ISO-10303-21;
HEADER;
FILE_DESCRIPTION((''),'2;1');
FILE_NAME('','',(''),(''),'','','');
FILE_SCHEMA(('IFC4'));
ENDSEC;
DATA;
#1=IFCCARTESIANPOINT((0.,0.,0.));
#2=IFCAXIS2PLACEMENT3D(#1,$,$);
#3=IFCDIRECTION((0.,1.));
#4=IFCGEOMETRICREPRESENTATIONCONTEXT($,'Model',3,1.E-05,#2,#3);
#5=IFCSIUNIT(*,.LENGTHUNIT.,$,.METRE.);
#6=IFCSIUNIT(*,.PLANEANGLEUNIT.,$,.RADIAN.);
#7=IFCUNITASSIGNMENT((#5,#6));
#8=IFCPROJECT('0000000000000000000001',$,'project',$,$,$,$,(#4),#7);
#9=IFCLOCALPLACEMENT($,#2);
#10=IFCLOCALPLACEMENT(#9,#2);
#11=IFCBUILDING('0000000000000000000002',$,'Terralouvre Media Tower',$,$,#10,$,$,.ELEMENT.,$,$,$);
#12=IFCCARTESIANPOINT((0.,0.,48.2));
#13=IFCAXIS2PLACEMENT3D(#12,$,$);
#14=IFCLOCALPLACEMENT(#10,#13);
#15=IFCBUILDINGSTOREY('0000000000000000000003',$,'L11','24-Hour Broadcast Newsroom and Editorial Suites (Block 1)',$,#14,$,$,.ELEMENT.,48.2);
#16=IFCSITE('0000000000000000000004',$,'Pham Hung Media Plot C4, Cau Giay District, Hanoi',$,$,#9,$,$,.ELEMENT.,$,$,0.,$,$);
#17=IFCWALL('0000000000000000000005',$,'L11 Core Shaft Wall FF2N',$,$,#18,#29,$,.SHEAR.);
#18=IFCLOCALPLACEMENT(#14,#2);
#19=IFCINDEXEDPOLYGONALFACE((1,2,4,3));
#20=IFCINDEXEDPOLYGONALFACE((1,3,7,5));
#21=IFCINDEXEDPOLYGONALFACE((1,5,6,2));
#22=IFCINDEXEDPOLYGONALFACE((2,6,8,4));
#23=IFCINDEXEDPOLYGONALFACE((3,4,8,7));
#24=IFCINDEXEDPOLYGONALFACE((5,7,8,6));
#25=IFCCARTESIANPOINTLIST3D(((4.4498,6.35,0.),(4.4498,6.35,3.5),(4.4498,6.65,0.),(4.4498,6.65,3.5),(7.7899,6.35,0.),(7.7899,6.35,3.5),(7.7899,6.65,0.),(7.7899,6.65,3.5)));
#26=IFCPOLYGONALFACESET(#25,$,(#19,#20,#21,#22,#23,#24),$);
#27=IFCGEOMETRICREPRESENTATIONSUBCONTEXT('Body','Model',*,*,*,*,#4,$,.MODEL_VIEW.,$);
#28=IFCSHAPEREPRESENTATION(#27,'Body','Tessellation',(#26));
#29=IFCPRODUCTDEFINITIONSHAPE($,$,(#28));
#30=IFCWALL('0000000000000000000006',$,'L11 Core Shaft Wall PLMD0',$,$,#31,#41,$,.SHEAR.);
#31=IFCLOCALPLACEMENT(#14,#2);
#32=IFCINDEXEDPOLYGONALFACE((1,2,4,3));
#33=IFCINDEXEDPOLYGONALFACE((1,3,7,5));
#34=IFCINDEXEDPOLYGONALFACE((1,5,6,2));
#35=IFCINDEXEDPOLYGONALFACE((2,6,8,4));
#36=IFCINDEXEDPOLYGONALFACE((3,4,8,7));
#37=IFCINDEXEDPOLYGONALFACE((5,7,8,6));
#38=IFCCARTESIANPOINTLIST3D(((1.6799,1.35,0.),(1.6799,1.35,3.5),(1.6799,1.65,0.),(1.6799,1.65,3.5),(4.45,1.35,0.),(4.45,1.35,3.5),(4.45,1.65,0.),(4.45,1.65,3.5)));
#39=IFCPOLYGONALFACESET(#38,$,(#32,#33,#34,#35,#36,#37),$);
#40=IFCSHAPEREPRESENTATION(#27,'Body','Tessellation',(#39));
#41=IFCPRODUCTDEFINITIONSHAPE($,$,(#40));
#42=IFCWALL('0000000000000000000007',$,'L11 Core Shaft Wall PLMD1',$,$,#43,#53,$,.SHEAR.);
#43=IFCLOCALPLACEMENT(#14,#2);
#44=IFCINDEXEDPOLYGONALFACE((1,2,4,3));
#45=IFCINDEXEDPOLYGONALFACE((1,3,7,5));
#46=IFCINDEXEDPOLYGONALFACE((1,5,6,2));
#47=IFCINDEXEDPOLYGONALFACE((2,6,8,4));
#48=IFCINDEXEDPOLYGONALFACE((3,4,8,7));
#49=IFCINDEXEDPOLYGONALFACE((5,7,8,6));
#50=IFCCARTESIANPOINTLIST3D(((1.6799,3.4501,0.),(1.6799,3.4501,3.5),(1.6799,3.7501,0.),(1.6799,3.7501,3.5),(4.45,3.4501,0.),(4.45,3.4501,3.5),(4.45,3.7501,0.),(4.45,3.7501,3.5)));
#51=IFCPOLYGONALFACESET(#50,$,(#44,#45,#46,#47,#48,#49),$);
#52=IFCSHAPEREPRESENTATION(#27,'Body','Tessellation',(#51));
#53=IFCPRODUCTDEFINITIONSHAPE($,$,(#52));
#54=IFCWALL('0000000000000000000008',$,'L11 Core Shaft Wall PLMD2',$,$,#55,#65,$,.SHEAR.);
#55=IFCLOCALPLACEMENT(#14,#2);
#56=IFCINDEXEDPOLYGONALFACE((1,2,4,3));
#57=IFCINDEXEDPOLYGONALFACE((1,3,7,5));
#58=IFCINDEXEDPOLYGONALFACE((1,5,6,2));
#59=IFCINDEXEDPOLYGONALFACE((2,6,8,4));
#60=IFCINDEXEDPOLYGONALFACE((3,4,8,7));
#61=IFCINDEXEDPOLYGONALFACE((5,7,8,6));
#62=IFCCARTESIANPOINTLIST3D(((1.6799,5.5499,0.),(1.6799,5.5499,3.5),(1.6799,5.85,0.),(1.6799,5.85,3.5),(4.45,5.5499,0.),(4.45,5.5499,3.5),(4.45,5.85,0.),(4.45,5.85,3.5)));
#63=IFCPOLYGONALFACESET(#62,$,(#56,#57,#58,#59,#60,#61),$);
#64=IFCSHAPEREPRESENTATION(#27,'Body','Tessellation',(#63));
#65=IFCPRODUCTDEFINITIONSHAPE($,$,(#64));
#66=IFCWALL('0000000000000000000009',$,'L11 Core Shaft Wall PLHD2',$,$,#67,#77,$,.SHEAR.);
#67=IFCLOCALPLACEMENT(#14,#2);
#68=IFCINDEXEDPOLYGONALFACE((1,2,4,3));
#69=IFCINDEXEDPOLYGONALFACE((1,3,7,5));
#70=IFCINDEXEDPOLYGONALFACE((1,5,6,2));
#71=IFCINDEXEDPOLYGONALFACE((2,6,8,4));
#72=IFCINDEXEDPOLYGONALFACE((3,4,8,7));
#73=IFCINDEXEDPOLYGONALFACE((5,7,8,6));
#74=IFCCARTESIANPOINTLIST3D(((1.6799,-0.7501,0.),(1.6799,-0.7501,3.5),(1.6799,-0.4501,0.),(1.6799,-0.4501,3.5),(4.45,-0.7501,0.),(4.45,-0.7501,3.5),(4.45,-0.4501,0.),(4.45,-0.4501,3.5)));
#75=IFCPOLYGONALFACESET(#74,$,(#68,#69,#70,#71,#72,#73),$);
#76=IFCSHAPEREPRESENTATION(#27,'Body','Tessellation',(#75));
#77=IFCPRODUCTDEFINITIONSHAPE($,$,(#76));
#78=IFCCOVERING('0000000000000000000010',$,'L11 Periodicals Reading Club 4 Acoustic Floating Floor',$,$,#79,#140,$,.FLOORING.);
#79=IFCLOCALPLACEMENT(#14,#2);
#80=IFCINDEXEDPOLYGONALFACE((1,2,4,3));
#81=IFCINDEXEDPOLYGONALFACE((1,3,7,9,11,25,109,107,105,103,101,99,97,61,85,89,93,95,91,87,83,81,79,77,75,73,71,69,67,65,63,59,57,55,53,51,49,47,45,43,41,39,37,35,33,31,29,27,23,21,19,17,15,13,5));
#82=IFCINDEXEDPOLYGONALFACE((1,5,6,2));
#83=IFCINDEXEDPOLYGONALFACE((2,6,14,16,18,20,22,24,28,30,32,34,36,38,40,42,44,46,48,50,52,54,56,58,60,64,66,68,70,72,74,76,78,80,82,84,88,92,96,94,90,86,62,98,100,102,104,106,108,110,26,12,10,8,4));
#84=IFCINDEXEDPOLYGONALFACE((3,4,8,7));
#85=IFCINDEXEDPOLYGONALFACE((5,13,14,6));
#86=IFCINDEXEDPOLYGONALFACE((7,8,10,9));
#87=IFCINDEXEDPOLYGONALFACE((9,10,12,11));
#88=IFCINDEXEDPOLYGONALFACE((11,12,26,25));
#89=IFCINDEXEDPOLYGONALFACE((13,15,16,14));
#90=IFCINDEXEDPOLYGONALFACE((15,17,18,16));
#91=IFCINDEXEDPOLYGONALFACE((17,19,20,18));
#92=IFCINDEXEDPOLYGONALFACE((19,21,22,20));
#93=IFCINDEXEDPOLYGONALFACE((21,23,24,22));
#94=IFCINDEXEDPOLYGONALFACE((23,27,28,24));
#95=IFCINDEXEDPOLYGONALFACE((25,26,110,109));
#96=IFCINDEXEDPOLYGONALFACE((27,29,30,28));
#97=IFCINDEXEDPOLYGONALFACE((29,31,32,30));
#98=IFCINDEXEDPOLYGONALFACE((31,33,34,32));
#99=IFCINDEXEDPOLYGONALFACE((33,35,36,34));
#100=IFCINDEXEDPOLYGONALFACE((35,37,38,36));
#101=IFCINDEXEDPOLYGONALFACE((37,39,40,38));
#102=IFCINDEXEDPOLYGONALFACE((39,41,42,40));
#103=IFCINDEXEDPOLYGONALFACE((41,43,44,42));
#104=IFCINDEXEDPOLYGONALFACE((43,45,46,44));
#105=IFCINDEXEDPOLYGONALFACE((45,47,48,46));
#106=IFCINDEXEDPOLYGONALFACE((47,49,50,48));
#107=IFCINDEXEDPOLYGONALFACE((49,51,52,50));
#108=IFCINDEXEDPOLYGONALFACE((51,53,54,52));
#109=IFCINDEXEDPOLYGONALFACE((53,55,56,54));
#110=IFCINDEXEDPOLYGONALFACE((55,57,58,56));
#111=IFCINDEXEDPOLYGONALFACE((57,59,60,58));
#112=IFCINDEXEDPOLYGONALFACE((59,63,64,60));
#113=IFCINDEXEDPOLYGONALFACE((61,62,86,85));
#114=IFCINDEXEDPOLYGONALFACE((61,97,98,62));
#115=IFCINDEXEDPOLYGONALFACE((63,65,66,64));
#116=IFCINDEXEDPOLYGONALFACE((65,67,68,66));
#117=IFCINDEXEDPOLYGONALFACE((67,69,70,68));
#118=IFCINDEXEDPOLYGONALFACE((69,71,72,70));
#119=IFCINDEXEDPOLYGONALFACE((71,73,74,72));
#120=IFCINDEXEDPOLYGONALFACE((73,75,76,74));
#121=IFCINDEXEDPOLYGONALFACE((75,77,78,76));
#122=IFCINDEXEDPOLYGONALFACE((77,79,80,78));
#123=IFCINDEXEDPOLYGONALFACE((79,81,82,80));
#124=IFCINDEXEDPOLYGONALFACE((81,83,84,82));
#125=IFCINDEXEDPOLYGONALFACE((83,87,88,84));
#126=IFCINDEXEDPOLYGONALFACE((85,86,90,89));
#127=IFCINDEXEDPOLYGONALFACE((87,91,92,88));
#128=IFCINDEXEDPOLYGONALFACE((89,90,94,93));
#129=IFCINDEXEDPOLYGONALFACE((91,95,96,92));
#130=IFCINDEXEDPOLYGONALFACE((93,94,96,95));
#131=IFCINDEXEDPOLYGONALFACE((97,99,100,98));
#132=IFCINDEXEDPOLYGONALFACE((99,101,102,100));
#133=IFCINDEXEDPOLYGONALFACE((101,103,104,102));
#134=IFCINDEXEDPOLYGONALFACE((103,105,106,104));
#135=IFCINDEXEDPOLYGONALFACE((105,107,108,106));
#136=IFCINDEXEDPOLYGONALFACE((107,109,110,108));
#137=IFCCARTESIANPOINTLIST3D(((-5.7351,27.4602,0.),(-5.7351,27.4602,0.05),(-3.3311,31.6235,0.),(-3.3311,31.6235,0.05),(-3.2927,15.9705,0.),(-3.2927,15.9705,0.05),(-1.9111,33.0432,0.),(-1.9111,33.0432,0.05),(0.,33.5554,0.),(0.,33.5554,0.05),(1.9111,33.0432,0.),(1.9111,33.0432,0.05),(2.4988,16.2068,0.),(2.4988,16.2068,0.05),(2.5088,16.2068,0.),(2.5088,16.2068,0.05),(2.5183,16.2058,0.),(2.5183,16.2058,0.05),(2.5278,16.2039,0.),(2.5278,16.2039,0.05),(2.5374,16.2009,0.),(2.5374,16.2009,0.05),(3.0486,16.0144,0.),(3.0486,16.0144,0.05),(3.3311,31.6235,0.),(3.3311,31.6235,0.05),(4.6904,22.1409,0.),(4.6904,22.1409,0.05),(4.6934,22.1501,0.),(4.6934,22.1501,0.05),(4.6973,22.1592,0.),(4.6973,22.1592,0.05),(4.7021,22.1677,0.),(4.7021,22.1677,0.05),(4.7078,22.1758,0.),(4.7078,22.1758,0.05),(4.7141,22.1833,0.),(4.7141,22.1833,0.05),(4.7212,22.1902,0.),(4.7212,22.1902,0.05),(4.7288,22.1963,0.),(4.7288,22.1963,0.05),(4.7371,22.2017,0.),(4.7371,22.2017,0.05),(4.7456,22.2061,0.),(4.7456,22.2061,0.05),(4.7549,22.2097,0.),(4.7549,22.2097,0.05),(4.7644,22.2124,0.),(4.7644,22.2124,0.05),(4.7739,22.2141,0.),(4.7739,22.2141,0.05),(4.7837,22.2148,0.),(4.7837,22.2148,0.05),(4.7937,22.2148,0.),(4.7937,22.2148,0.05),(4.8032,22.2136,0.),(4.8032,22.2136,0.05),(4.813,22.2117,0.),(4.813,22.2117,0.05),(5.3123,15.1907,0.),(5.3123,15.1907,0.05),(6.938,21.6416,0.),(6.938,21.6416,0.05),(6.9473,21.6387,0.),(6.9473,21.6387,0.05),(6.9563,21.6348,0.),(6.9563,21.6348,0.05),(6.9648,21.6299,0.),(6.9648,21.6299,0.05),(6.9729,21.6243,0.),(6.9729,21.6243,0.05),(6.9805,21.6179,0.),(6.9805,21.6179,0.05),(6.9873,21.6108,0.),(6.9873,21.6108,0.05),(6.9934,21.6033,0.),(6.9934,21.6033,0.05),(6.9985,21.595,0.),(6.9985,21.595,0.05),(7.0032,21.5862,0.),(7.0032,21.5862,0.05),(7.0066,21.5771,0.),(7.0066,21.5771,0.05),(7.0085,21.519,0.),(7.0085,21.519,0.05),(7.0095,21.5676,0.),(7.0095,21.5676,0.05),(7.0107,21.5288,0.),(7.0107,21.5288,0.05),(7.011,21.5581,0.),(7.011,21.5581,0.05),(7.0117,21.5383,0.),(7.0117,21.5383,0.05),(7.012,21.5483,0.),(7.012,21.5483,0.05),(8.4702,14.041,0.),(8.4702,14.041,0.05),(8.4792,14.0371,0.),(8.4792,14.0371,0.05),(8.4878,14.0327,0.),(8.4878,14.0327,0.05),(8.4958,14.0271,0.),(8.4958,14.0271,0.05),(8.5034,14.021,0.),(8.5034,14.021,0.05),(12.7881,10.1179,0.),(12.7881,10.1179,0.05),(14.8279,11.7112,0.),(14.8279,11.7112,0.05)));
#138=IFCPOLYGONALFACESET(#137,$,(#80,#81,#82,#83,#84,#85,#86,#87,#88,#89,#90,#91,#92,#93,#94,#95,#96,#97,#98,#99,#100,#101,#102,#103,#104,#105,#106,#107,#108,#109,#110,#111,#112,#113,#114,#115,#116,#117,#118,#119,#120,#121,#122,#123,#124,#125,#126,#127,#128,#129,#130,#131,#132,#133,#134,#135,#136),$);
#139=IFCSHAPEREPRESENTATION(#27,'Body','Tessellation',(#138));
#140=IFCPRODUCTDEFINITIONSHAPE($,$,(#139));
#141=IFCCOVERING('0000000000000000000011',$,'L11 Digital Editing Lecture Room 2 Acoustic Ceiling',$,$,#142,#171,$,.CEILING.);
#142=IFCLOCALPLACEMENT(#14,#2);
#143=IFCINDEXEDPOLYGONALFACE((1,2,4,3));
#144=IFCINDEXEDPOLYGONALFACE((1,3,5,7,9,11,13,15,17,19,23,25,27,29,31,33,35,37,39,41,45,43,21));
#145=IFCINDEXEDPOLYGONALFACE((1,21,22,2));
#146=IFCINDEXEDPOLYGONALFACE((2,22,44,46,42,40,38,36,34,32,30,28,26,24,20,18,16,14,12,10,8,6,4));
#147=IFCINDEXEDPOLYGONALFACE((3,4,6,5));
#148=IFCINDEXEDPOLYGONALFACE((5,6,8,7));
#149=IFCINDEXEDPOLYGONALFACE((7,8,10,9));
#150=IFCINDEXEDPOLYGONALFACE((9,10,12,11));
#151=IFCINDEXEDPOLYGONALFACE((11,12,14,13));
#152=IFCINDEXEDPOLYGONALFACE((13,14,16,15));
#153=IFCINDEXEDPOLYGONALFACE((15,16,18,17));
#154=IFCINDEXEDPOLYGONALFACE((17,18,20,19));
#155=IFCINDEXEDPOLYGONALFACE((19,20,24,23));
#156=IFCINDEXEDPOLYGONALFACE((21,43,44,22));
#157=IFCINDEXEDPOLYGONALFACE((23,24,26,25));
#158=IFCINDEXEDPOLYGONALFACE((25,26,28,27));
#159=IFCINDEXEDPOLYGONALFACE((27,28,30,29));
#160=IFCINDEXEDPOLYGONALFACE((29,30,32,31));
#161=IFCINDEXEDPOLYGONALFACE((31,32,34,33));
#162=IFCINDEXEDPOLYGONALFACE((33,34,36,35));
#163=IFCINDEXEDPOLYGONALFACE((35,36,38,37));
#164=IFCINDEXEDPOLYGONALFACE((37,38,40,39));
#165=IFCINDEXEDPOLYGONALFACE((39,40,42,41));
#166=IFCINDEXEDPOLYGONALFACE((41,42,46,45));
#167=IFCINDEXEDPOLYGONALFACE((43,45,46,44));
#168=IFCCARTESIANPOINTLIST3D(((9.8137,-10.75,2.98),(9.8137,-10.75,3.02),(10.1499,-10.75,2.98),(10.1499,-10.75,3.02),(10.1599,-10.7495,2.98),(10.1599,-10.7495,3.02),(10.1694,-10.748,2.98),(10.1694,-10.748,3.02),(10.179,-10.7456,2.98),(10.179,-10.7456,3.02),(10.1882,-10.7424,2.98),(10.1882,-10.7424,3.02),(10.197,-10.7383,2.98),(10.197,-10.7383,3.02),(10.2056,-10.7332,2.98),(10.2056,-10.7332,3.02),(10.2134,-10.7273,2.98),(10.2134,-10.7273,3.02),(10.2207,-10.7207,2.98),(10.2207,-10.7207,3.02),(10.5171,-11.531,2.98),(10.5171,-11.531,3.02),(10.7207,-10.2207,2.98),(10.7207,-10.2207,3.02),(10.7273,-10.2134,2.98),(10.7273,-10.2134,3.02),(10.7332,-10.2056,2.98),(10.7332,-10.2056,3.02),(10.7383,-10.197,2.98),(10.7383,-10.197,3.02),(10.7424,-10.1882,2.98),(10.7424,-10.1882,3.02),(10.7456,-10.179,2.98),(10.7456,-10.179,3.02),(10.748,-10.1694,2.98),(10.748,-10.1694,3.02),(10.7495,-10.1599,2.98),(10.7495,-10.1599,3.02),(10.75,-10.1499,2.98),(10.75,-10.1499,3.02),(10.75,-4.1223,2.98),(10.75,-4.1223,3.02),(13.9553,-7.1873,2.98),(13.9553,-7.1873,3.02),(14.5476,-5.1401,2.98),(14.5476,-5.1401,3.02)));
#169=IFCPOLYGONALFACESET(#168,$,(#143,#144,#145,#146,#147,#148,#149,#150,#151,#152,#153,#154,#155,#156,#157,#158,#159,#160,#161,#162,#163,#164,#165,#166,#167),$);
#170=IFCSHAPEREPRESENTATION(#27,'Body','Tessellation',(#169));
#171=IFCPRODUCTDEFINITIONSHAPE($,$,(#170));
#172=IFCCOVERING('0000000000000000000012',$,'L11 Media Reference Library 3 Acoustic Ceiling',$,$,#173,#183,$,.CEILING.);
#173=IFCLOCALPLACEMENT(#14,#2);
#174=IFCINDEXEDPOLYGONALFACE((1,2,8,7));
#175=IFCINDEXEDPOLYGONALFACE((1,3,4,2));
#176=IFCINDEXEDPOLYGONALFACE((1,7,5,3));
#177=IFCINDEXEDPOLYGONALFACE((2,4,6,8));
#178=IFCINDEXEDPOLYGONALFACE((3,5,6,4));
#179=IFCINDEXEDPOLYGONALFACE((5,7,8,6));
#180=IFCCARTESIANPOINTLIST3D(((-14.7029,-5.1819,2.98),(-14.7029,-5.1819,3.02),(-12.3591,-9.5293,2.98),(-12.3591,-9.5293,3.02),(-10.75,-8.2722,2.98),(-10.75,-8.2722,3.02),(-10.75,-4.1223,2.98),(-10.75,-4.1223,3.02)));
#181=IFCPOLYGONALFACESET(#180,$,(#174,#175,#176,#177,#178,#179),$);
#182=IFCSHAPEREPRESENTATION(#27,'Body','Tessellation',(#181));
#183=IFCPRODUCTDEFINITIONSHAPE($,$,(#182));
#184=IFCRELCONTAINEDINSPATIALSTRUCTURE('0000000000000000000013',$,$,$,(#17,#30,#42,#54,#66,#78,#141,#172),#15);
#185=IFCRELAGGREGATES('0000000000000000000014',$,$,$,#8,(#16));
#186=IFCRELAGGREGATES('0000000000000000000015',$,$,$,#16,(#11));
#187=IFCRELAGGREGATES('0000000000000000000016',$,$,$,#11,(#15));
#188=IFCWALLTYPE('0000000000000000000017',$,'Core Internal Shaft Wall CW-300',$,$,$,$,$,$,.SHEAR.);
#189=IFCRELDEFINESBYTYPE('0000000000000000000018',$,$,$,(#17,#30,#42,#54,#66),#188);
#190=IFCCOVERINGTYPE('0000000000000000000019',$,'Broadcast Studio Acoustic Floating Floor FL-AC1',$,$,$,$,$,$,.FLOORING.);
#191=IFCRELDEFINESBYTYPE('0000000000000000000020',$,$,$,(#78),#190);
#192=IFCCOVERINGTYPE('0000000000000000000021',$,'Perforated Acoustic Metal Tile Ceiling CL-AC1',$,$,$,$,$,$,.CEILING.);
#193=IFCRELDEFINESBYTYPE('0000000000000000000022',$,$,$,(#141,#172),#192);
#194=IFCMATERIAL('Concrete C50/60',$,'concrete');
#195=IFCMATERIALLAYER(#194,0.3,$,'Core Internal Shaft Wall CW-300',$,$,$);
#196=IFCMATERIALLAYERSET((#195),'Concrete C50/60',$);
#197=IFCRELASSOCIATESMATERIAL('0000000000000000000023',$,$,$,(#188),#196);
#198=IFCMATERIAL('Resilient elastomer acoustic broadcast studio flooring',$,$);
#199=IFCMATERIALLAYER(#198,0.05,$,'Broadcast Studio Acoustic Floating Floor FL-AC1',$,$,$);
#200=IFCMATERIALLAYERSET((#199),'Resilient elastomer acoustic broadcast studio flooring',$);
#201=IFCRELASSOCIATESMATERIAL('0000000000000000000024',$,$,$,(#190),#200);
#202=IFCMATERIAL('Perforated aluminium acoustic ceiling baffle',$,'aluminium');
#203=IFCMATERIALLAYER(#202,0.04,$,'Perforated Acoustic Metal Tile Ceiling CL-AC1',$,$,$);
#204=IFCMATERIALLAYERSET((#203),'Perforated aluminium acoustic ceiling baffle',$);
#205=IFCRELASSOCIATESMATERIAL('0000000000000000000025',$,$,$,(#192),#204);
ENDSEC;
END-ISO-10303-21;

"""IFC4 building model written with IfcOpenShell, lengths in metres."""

from ifc_helpers import new_model, si_unit, direction, frame, frame_2d, origin, place, context, subcontext, project, spatial, polyline, rectangle, outline, extrude, material, layer, layer_set, type_object, element, save


model = new_model("IFC4")

# Units and contexts
model_context = context("Model", 3, precision=1e-05, world=origin(), true_north=direction((0.0, 1.0)))
body_context = subcontext(model_context, "Body", "Model", "MODEL_VIEW")
ifc_project = project(units=[si_unit("LENGTHUNIT", "METRE"), si_unit("PLANEANGLEUNIT", "RADIAN")], contexts=[model_context])

# Site, building, storey
site_placement = place(None, origin())
site = spatial("IfcSite", under=ifc_project, at=site_placement, Name="Pham Hung Media Plot C4, Cau Giay District, Hanoi", CompositionType="ELEMENT", RefElevation=0.0)
building_placement = place(site_placement, origin())
building = spatial("IfcBuilding", under=site, at=building_placement, Name="Terralouvre Media Tower", CompositionType="ELEMENT")
storey_placement = place(building_placement, frame((0.0, 0.0, 48.2)))
storey = spatial("IfcBuildingStorey", under=building, at=storey_placement, Name="L11", Description="24-Hour Broadcast Newsroom and Editorial Suites (Block 1)", CompositionType="ELEMENT", Elevation=48.2)

# Shared definitions
ifc_material_1 = material(Name="Concrete C50/60", Category="concrete")
ifc_layer_1 = layer(ifc_material_1, 0.3, Name="Core Internal Shaft Wall CW-300")
ifc_layer_set_1 = layer_set([ifc_layer_1], Name="Concrete C50/60")
wall_type = type_object("IfcWallType", Name="Core Internal Shaft Wall CW-300", PredefinedType="SHEAR", material=ifc_layer_set_1)

# Walls
wall_1_placement = place(storey_placement, frame((4.45, 6.5, 0.0), z_axis=(0.0, 0.0, 1.0), x_axis=(1.0, 0.0, 0.0)))
element("IfcWall", 1, at=wall_1_placement, inside=storey, type_object=wall_type, Name="L11 Core Shaft Wall FF2N", PredefinedType="SHEAR", context=body_context, shape_type="SweptSolid", body=[
    extrude(rectangle(XDim=3.3401, YDim=0.3, at=frame_2d((1.6699, 0.0))), origin(), (0.0, 0.0, 1.0), 3.5),
])
for number, where, z_axis, x_axis, name in (
    (2, (1.6799, 1.5, 0.0), (0.0, 0.0, 1.0), (1.0, 0.0, 0.0), "L11 Core Shaft Wall PLMD0"),
    (3, (1.6799, 3.6001, 0.0), (0.0, 0.0, 1.0), (1.0, 0.0, 0.0), "L11 Core Shaft Wall PLMD1"),
    (4, (1.6799, 5.7, 0.0), (0.0, 0.0, 1.0), (1.0, 0.0, 0.0), "L11 Core Shaft Wall PLMD2"),
    (5, (1.6799, -0.6001, 0.0), (0.0, 0.0, 1.0), (1.0, 0.0, 0.0), "L11 Core Shaft Wall PLHD2"),
):
    element("IfcWall", number, at=place(storey_placement, frame(where, z_axis=z_axis, x_axis=x_axis)), inside=storey, type_object=wall_type, Name=name, PredefinedType="SHEAR", context=body_context, shape_type="SweptSolid", body=[
        extrude(rectangle(XDim=2.77, YDim=0.3, at=frame_2d((1.385, 0.0))), origin(), (0.0, 0.0, 1.0), 3.5),
    ])

# Coverings
ifc_material_2 = material(Name="Resilient elastomer acoustic broadcast studio flooring")
ifc_layer_2 = layer(ifc_material_2, 0.05, Name="Broadcast Studio Acoustic Floating Floor FL-AC1")
ifc_layer_set_2 = layer_set([ifc_layer_2], Name="Resilient elastomer acoustic broadcast studio flooring")
covering_type_1 = type_object("IfcCoveringType", Name="Broadcast Studio Acoustic Floating Floor FL-AC1", PredefinedType="FLOORING", material=ifc_layer_set_2)
covering_1_placement = place(storey_placement, origin())
element("IfcCovering", 6, at=covering_1_placement, inside=storey, type_object=covering_type_1, Name="L11 Periodicals Reading Club 4 Acoustic Floating Floor", PredefinedType="FLOORING", context=body_context, shape_type="SweptSolid", body=[
    extrude(outline(polyline([(-3.2927, 15.9705), (2.4988, 16.2068), (2.5088, 16.2068), (2.5183, 16.2058), (2.5278, 16.2039), (2.5374, 16.2009), (3.0486, 16.0144), (4.6904, 22.1409), (4.6934, 22.1501), (4.6973, 22.1592), (4.7021, 22.1677), (4.7078, 22.1758), (4.7141, 22.1833), (4.7212, 22.1902), (4.7288, 22.1963), (4.7371, 22.2017), (4.7456, 22.2061), (4.7549, 22.2097), (4.7644, 22.2124), (4.7739, 22.2141), (4.7837, 22.2148), (4.7937, 22.2148), (4.8032, 22.2136), (4.813, 22.2117), (6.938, 21.6416), (6.9473, 21.6387), (6.9563, 21.6348), (6.9648, 21.6299), (6.9729, 21.6243), (6.9805, 21.6179), (6.9873, 21.6108), (6.9934, 21.6033), (6.9985, 21.595), (7.0032, 21.5862), (7.0066, 21.5771), (7.0095, 21.5676), (7.011, 21.5581), (7.012, 21.5483), (7.0117, 21.5383), (7.0107, 21.5288), (7.0085, 21.519), (5.3123, 15.1907), (8.4702, 14.041), (8.4792, 14.0371), (8.4878, 14.0327), (8.4958, 14.0271), (8.5034, 14.021), (12.7881, 10.1179), (14.8279, 11.7112), (3.3311, 31.6235), (1.9111, 33.0432), (0.0, 33.5554), (-1.9111, 33.0432), (-3.3311, 31.6235), (-5.7351, 27.4602), (-3.2927, 15.9705)])), origin(), (0.0, 0.0, 1.0), 0.05),
])
ifc_material_3 = material(Name="Perforated aluminium acoustic ceiling baffle", Category="aluminium")
ifc_layer_3 = layer(ifc_material_3, 0.04, Name="Perforated Acoustic Metal Tile Ceiling CL-AC1")
ifc_layer_set_3 = layer_set([ifc_layer_3], Name="Perforated aluminium acoustic ceiling baffle")
covering_type_2 = type_object("IfcCoveringType", Name="Perforated Acoustic Metal Tile Ceiling CL-AC1", PredefinedType="CEILING", material=ifc_layer_set_3)
covering_2_placement = place(storey_placement, frame((0.0, 0.0, 2.98)))
element("IfcCovering", 7, at=covering_2_placement, inside=storey, type_object=covering_type_2, Name="L11 Digital Editing Lecture Room 2 Acoustic Ceiling", PredefinedType="CEILING", context=body_context, shape_type="SweptSolid", body=[
    extrude(outline(polyline([(13.9553, -7.1873), (14.5476, -5.1401), (10.75, -4.1223), (10.75, -10.1499), (10.7495, -10.1599), (10.748, -10.1694), (10.7456, -10.179), (10.7424, -10.1882), (10.7383, -10.197), (10.7332, -10.2056), (10.7273, -10.2134), (10.7207, -10.2207), (10.2207, -10.7207), (10.2134, -10.7273), (10.2056, -10.7332), (10.197, -10.7383), (10.1882, -10.7424), (10.179, -10.7456), (10.1694, -10.748), (10.1599, -10.7495), (10.1499, -10.75), (9.8137, -10.75), (10.5171, -11.531), (13.9553, -7.1873)])), origin(), (0.0, 0.0, 1.0), 0.04),
])
covering_3_placement = place(storey_placement, frame((0.0, 0.0, 2.98)))
element("IfcCovering", 8, at=covering_3_placement, inside=storey, type_object=covering_type_2, Name="L11 Media Reference Library 3 Acoustic Ceiling", PredefinedType="CEILING", context=body_context, shape_type="SweptSolid", body=[
    extrude(outline(polyline([(-10.75, -8.2722), (-10.75, -4.1223), (-14.7029, -5.1819), (-12.3591, -9.5293), (-10.75, -8.2722)])), origin(), (0.0, 0.0, 1.0), 0.04),
])

save(model, "model.ifc")
